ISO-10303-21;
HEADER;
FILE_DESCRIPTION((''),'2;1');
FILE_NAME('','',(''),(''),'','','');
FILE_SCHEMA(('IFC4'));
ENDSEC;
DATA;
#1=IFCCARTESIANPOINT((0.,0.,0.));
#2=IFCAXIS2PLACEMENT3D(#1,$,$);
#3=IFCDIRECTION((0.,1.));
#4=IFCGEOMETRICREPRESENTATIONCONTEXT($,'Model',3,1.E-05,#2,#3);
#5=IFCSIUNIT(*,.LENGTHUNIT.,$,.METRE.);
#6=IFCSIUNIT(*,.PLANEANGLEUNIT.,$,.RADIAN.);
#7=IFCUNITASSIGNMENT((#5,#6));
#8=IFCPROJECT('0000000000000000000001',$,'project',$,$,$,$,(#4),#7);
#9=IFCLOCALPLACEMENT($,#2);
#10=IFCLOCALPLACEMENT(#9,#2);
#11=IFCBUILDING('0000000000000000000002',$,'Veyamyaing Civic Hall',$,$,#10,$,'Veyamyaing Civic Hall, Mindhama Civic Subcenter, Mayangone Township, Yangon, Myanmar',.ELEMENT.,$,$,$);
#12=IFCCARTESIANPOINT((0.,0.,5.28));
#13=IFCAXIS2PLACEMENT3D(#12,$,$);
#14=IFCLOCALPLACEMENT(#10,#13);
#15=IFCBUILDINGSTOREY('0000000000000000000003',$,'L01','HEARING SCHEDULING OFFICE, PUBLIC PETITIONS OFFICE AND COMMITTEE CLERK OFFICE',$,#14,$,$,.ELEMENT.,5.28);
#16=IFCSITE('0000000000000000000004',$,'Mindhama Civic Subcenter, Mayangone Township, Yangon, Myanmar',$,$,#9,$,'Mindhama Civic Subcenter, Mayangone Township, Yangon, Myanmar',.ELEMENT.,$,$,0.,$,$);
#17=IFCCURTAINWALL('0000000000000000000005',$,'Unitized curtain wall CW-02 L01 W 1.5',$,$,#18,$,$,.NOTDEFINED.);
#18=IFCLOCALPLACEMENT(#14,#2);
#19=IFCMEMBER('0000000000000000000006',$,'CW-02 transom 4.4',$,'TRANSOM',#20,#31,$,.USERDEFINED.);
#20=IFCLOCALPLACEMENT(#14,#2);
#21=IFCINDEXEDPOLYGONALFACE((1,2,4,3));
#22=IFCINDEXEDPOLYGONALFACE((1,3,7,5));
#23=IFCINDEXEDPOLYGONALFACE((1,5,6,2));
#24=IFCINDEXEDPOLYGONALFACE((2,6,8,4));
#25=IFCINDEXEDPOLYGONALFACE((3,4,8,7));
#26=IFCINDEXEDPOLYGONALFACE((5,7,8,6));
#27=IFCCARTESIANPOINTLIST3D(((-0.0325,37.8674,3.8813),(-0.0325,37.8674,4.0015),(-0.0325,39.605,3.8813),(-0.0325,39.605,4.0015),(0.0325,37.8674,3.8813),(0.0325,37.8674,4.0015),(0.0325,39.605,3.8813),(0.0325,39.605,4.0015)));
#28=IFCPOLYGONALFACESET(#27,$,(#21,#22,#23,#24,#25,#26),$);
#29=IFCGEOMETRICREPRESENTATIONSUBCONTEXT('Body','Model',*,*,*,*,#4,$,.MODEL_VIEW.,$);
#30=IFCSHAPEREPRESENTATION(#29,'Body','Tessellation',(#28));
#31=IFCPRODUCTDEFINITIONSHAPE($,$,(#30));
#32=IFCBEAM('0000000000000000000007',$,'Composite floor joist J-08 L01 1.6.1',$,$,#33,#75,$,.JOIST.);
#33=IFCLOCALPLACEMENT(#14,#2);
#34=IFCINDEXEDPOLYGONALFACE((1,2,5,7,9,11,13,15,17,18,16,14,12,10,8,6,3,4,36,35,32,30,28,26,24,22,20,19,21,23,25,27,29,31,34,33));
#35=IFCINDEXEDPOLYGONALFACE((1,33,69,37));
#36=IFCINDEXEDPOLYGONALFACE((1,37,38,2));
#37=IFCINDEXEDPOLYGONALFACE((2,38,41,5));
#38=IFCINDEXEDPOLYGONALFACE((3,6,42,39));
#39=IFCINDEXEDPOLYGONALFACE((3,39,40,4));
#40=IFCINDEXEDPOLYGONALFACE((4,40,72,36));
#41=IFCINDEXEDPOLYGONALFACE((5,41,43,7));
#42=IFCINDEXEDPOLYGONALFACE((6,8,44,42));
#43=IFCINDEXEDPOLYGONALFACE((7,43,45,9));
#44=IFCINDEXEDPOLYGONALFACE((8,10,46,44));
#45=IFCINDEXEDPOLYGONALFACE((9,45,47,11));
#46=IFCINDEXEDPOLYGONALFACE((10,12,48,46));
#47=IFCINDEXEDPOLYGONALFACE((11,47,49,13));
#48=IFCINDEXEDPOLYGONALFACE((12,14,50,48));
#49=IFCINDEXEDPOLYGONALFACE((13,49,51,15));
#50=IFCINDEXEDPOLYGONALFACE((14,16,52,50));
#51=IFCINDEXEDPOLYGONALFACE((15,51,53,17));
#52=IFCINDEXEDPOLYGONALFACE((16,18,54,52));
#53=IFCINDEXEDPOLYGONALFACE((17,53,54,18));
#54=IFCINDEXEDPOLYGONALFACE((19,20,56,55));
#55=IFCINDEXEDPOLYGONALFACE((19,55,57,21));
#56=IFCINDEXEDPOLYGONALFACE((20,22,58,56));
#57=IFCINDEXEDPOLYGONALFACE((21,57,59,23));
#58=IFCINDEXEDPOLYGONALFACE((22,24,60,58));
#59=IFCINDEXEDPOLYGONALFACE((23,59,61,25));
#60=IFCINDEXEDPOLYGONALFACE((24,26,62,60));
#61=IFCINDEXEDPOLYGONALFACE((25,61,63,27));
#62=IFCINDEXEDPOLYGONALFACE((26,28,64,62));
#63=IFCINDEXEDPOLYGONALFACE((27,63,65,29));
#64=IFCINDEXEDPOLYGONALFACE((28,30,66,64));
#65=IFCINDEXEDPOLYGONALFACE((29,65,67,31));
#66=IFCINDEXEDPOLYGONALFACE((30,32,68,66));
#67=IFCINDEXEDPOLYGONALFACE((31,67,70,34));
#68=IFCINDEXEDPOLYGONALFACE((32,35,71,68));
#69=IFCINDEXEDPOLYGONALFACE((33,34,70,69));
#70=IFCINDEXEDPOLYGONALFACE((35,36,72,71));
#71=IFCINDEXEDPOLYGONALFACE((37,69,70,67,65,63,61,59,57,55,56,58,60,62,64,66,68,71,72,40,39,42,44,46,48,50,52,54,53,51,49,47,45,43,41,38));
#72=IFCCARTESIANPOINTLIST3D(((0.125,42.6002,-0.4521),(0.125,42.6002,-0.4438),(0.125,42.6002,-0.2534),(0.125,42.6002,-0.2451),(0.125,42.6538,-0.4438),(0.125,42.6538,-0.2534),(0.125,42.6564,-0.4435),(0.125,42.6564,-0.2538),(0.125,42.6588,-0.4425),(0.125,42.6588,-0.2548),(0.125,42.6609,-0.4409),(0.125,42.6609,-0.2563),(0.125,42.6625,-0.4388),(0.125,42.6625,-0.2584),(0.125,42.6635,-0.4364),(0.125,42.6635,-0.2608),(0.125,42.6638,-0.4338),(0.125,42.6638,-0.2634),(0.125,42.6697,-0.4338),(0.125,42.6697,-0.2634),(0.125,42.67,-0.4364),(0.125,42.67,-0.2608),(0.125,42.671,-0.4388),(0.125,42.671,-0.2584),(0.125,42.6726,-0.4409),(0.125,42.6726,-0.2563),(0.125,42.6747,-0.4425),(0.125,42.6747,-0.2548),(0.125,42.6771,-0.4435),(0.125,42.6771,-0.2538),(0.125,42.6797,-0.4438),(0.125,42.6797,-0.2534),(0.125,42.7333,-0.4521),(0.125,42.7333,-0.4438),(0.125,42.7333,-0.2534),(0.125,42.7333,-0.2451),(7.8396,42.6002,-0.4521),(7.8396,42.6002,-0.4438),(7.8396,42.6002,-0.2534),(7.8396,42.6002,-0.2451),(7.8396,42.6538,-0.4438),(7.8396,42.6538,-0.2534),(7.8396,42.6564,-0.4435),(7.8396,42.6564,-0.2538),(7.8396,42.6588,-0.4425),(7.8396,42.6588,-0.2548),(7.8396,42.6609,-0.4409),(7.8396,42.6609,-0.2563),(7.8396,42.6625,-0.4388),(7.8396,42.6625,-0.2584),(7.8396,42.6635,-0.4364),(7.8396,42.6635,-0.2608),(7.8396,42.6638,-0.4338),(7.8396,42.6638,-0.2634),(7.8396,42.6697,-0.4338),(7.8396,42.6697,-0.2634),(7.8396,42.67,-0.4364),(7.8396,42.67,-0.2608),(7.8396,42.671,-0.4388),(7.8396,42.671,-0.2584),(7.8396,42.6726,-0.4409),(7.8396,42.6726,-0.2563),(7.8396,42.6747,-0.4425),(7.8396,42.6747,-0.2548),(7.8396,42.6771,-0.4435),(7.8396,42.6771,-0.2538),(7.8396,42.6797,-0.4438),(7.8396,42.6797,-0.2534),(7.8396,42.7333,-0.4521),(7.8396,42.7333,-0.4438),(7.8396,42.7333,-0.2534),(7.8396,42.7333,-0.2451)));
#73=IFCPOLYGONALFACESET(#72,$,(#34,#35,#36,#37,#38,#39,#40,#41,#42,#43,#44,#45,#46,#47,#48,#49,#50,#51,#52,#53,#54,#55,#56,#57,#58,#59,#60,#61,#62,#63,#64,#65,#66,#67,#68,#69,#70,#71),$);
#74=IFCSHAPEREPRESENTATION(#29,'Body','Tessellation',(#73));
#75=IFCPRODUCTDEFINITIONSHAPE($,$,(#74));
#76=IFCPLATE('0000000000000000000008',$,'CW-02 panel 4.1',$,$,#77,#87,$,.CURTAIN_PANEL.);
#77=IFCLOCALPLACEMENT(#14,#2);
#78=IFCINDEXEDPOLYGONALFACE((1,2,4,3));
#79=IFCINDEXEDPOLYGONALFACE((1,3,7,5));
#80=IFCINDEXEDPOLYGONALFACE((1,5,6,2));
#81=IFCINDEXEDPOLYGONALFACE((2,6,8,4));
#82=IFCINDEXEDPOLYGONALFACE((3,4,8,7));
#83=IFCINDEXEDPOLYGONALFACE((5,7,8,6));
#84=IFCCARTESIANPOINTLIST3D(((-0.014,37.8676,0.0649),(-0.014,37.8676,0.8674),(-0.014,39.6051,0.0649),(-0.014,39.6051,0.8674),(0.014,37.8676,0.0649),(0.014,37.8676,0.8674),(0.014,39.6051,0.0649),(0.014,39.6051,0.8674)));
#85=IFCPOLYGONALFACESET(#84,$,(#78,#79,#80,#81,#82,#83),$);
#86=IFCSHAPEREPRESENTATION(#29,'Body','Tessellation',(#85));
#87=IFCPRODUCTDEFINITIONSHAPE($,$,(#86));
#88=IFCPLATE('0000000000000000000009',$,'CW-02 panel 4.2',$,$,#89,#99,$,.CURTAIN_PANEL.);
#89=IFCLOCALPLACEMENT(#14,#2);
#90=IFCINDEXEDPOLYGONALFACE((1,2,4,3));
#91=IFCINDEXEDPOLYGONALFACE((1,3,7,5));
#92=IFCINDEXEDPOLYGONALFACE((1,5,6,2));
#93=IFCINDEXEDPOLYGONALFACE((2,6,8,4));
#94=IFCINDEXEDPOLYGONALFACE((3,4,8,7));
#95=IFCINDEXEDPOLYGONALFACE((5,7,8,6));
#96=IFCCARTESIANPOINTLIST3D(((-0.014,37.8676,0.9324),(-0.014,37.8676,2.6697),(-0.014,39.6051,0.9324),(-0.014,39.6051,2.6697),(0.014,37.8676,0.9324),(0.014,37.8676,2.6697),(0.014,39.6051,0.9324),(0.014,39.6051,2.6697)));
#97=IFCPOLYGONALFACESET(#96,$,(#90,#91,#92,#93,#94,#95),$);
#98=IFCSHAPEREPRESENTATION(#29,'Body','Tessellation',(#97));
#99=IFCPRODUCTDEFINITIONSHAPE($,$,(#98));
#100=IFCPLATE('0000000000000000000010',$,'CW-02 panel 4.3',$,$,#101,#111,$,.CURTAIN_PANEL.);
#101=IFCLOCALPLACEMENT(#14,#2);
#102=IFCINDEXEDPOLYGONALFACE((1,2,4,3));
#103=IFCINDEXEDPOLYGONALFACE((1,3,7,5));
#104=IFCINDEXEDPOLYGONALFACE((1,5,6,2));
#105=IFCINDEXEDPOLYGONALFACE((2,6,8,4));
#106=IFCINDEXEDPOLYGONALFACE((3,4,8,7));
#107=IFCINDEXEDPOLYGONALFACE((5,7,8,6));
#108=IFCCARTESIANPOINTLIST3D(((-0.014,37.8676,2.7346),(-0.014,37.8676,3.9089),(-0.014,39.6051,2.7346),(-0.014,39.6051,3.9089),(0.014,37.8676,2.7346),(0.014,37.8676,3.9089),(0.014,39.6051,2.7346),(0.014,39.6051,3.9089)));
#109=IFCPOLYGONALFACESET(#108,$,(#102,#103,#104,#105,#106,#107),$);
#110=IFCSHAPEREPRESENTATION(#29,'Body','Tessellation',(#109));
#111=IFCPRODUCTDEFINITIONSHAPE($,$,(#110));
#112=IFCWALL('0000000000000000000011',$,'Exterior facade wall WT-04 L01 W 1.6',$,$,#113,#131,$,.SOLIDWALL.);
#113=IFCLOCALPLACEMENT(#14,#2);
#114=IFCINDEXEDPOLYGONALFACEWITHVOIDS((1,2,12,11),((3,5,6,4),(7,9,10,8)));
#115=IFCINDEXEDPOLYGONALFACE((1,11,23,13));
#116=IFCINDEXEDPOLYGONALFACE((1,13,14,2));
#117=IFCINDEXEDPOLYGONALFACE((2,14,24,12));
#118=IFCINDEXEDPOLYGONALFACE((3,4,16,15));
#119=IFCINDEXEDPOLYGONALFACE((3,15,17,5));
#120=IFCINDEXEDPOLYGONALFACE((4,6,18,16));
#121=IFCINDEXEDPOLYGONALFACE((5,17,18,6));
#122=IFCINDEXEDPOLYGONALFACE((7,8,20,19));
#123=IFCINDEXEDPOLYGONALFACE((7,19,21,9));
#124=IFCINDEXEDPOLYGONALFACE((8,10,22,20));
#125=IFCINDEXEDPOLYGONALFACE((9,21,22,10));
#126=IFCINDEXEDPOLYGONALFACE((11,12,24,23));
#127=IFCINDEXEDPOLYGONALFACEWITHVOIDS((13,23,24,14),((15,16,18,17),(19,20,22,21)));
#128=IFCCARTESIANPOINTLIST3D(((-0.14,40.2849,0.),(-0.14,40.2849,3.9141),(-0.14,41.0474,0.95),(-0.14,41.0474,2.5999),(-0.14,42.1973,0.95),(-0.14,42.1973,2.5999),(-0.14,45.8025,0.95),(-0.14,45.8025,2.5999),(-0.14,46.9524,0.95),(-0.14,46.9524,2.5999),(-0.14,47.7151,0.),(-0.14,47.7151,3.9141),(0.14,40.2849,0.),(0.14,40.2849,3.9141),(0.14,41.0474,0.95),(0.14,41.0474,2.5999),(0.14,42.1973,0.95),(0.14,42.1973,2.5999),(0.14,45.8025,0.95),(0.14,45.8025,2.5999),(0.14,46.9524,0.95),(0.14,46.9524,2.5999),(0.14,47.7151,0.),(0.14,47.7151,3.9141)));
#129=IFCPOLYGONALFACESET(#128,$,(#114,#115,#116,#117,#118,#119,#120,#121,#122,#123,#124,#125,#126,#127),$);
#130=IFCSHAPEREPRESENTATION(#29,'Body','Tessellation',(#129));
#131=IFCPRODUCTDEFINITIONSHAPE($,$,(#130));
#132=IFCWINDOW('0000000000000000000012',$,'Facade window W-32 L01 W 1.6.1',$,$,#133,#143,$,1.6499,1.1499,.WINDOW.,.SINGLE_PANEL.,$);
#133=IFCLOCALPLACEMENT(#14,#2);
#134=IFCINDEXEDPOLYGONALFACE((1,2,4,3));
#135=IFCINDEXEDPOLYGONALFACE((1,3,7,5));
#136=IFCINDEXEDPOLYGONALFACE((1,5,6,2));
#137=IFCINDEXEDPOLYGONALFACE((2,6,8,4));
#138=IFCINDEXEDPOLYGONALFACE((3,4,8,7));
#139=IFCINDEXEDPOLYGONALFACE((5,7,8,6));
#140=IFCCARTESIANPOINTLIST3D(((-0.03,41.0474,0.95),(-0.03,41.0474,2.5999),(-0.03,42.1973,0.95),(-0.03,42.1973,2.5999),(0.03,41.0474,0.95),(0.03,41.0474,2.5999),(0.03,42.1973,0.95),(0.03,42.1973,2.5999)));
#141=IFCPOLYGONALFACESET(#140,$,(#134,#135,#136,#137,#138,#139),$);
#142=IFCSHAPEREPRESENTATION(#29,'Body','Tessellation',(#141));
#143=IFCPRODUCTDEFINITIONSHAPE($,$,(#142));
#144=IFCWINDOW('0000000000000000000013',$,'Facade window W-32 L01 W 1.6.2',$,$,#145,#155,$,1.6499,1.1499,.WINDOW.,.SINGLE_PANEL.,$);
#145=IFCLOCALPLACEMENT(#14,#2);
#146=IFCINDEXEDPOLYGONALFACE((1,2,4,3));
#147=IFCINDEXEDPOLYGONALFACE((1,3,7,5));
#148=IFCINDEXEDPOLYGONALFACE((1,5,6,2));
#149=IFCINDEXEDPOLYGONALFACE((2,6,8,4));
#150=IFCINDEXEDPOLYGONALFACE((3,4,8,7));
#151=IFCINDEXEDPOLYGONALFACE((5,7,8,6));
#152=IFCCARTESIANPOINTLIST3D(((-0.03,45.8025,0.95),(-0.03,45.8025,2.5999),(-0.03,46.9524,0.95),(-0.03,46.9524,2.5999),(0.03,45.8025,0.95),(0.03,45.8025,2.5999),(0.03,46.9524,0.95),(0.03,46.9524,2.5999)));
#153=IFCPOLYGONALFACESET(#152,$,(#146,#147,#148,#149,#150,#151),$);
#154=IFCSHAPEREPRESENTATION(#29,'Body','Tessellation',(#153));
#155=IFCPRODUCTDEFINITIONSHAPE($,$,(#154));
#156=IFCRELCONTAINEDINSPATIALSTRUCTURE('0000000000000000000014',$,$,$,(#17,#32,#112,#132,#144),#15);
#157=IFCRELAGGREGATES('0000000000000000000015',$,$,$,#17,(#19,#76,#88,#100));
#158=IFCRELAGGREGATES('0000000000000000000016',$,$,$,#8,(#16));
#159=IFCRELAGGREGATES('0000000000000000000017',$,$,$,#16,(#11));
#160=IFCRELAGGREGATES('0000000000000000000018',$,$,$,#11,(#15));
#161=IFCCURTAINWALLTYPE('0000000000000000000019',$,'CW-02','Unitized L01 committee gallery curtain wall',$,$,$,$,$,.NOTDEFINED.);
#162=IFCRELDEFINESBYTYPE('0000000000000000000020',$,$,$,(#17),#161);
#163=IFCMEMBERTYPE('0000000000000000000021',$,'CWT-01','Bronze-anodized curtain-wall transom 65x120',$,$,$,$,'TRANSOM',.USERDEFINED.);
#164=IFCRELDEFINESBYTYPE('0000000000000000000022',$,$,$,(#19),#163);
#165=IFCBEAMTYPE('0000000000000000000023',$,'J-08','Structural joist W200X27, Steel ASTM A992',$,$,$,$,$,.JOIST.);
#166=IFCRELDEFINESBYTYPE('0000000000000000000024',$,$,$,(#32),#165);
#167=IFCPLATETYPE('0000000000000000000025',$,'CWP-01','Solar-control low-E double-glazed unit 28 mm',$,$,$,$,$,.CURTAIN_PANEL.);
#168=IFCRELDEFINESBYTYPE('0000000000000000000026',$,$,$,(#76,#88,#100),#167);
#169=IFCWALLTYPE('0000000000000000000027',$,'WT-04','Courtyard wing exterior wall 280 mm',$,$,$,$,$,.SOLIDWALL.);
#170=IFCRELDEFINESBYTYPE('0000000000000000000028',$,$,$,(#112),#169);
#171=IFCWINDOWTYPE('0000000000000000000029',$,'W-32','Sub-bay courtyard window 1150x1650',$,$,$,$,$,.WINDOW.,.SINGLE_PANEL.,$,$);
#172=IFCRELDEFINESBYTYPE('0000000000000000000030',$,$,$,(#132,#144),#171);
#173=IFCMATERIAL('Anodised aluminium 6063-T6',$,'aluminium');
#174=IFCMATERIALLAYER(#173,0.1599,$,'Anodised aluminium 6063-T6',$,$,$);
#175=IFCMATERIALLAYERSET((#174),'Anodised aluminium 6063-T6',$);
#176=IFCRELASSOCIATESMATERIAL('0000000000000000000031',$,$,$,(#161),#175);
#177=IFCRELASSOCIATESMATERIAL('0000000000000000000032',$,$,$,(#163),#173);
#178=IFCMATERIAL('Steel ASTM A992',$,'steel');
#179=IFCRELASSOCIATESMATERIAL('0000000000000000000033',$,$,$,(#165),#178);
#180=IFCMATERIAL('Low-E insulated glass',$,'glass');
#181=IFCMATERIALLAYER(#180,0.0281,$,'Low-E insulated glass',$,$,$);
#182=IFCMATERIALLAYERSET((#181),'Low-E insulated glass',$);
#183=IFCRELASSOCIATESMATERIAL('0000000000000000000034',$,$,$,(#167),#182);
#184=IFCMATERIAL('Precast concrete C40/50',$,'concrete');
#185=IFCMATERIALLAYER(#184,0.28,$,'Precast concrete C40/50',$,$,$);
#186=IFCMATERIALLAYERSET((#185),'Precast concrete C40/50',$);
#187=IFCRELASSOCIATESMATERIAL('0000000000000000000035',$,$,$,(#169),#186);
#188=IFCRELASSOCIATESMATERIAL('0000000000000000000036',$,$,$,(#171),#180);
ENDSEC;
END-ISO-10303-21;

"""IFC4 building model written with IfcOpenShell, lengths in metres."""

from ifc_helpers import new_model, si_unit, direction, frame, frame_2d, origin, origin_2d, place, context, subcontext, project, spatial, rectangle, i_section, extrude, material, layer, layer_set, material_profile, profile_set, type_object, element, fill, aggregate, save


model = new_model("IFC4")

# Units and contexts
model_context = context("Model", 3, precision=1e-05, world=origin(), true_north=direction((0.0, 1.0)))
body_context = subcontext(model_context, "Body", "Model", "MODEL_VIEW")
ifc_project = project(units=[si_unit("LENGTHUNIT", "METRE"), si_unit("PLANEANGLEUNIT", "RADIAN")], contexts=[model_context])

# Site, building, storey
site_placement = place(None, origin())
site = spatial("IfcSite", under=ifc_project, at=site_placement, Name="Mindhama Civic Subcenter, Mayangone Township, Yangon, Myanmar", LongName="Mindhama Civic Subcenter, Mayangone Township, Yangon, Myanmar", CompositionType="ELEMENT", RefElevation=0.0)
building_placement = place(site_placement, origin())
building = spatial("IfcBuilding", under=site, at=building_placement, Name="Veyamyaing Civic Hall", LongName="Veyamyaing Civic Hall, Mindhama Civic Subcenter, Mayangone Township, Yangon, Myanmar", CompositionType="ELEMENT")
storey_placement = place(building_placement, frame((0.0, 0.0, 5.28)))
storey = spatial("IfcBuildingStorey", under=building, at=storey_placement, Name="L01", Description="HEARING SCHEDULING OFFICE, PUBLIC PETITIONS OFFICE AND COMMITTEE CLERK OFFICE", CompositionType="ELEMENT", Elevation=5.28)

# Shared definitions
ifc_material_1 = material(Name="Steel ASTM A992", Category="steel")

# Curtain wall, member
ifc_material_2 = material(Name="Anodised aluminium 6063-T6", Category="aluminium")
ifc_layer_1 = layer(ifc_material_2, 0.1599, Name="Anodised aluminium 6063-T6")
ifc_layer_set_1 = layer_set([ifc_layer_1], Name="Anodised aluminium 6063-T6")
curtain_wall_type = type_object("IfcCurtainWallType", Name="CW-02", Description="Unitized L01 committee gallery curtain wall", PredefinedType="NOTDEFINED", material=ifc_layer_set_1)
curtain_wall_placement = place(storey_placement, origin())
curtain_wall = element("IfcCurtainWall", 1, at=curtain_wall_placement, inside=storey, type_object=curtain_wall_type, Name="Unitized curtain wall CW-02 L01 W 1.5", PredefinedType="NOTDEFINED")
ifc_material_profile_1 = material_profile(ifc_material_2, rectangle(XDim=0.0649, YDim=0.1201, at=origin_2d()), Name="ALU-TRN-65X120")
ifc_profile_set_1 = profile_set([ifc_material_profile_1], Name="Anodised aluminium 6063-T6")
member_type_1 = type_object("IfcMemberType", Name="CWT-01", Description="Bronze-anodized curtain-wall transom 65x120", ElementType="TRANSOM", PredefinedType="USERDEFINED", material=ifc_profile_set_1)
member_1_placement = place(storey_placement, frame((0.0, 37.8674, 3.9414), z_axis=(0.0, 1.0, 0.0), x_axis=(-1.0, 0.0, 0.0)))
member_1 = element("IfcMember", 2, at=member_1_placement, type_object=member_type_1, Name="CW-02 transom 4.4", ObjectType="TRANSOM", PredefinedType="USERDEFINED", context=body_context, shape_type="SweptSolid", body=[
    extrude(rectangle(XDim=0.0649, YDim=0.1201, at=origin_2d()), origin(), (0.0, 0.0, 1.0), 1.7375),
])

# Beam
ifc_material_profile_2 = material_profile(ifc_material_1, i_section(OverallWidth=0.1331, OverallDepth=0.207, WebThickness=0.0059, FlangeThickness=0.0083, FilletRadius=0.01, at=origin_2d()), Name="W200X27")
ifc_profile_set_2 = profile_set([ifc_material_profile_2], Name="Steel ASTM A992")
beam_type_1 = type_object("IfcBeamType", Name="J-08", Description="Structural joist W200X27, Steel ASTM A992", PredefinedType="JOIST", material=ifc_profile_set_2)
beam_1_placement = place(storey_placement, frame((0.125, 42.6667, -0.3486), z_axis=(1.0, 0.0, 0.0), x_axis=(0.0, 1.0, 0.0)))
element("IfcBeam", 3, at=beam_1_placement, inside=storey, type_object=beam_type_1, Name="Composite floor joist J-08 L01 1.6.1", PredefinedType="JOIST", context=body_context, shape_type="SweptSolid", body=[
    extrude(i_section(OverallWidth=0.1331, OverallDepth=0.207, WebThickness=0.0059, FlangeThickness=0.0083, FilletRadius=0.01, at=origin_2d()), origin(), (0.0, 0.0, 1.0), 7.7146),
])

# Plates
ifc_material_3 = material(Name="Low-E insulated glass", Category="glass")
ifc_layer_2 = layer(ifc_material_3, 0.0281, Name="Low-E insulated glass")
ifc_layer_set_2 = layer_set([ifc_layer_2], Name="Low-E insulated glass")
plate_type = type_object("IfcPlateType", Name="CWP-01", Description="Solar-control low-E double-glazed unit 28 mm", PredefinedType="CURTAIN_PANEL", material=ifc_layer_set_2)
plate_1_placement = place(storey_placement, frame((0.0, 38.7363, 0.0649), z_axis=(0.0, 0.0, 1.0), x_axis=(0.0, 1.0, 0.0)))
plate_1 = element("IfcPlate", 4, at=plate_1_placement, type_object=plate_type, Name="CW-02 panel 4.1", PredefinedType="CURTAIN_PANEL", context=body_context, shape_type="SweptSolid", body=[
    extrude(rectangle(XDim=1.7375, YDim=0.0281, at=origin_2d()), origin(), (0.0, 0.0, 1.0), 0.8025),
])
plate_2_placement = place(storey_placement, frame((0.0, 38.7363, 0.9324), z_axis=(0.0, 0.0, 1.0), x_axis=(0.0, 1.0, 0.0)))
plate_2 = element("IfcPlate", 5, at=plate_2_placement, type_object=plate_type, Name="CW-02 panel 4.2", PredefinedType="CURTAIN_PANEL", context=body_context, shape_type="SweptSolid", body=[
    extrude(rectangle(XDim=1.7375, YDim=0.0281, at=origin_2d()), origin(), (0.0, 0.0, 1.0), 1.7373),
])
plate_3_placement = place(storey_placement, frame((0.0, 38.7363, 2.7346), z_axis=(0.0, 0.0, 1.0), x_axis=(0.0, 1.0, 0.0)))
plate_3 = element("IfcPlate", 6, at=plate_3_placement, type_object=plate_type, Name="CW-02 panel 4.3", PredefinedType="CURTAIN_PANEL", context=body_context, shape_type="SweptSolid", body=[
    extrude(rectangle(XDim=1.7375, YDim=0.0281, at=origin_2d()), origin(), (0.0, 0.0, 1.0), 1.1743),
])
aggregate(curtain_wall, [member_1, plate_1, plate_2, plate_3])

# Wall, openings, windows
ifc_material_4 = material(Name="Precast concrete C40/50", Category="concrete")
ifc_layer_3 = layer(ifc_material_4, 0.28, Name="Precast concrete C40/50")
ifc_layer_set_3 = layer_set([ifc_layer_3], Name="Precast concrete C40/50")
wall_type_1 = type_object("IfcWallType", Name="WT-04", Description="Courtyard wing exterior wall 280 mm", PredefinedType="SOLIDWALL", material=ifc_layer_set_3)
wall_1_placement = place(storey_placement, frame((0.0, 40.2849, 0.0), z_axis=(0.0, 0.0, 1.0), x_axis=(0.0, 1.0, 0.0)))
wall_1 = element("IfcWall", 7, at=wall_1_placement, inside=storey, type_object=wall_type_1, Name="Exterior facade wall WT-04 L01 W 1.6", PredefinedType="SOLIDWALL", context=body_context, shape_type="SweptSolid", body=[
    extrude(rectangle(XDim=7.4302, YDim=0.28, at=frame_2d((3.7151, 0.0))), origin(), (0.0, 0.0, 1.0), 3.9141),
])
opening_1_placement = place(wall_1_placement, frame((0.7625, 0.0, 0.95)))
opening_1 = element("IfcOpeningElement", 8, at=opening_1_placement, cuts=wall_1, PredefinedType="OPENING", context=body_context, shape_type="SweptSolid", body=[
    extrude(rectangle(XDim=1.1499, YDim=1.6499, at=frame_2d((0.575, 0.825))), frame((0.0, 0.1499, 0.0), z_axis=(0.0, -1.0, 0.0), x_axis=(1.0, 0.0, 0.0)), (0.0, 0.0, 1.0), 0.3),
])
opening_2_placement = place(wall_1_placement, frame((5.5176, 0.0, 0.95)))
opening_2 = element("IfcOpeningElement", 9, at=opening_2_placement, cuts=wall_1, PredefinedType="OPENING", context=body_context, shape_type="SweptSolid", body=[
    extrude(rectangle(XDim=1.1499, YDim=1.6499, at=frame_2d((0.575, 0.825))), frame((0.0, 0.1499, 0.0), z_axis=(0.0, -1.0, 0.0), x_axis=(1.0, 0.0, 0.0)), (0.0, 0.0, 1.0), 0.3),
])
window_type = type_object("IfcWindowType", Name="W-32", Description="Sub-bay courtyard window 1150x1650", PartitioningType="SINGLE_PANEL", PredefinedType="WINDOW", material=ifc_material_3)
window_1_placement = place(opening_1_placement, origin())
window_1 = element("IfcWindow", 10, at=window_1_placement, inside=storey, type_object=window_type, Name="Facade window W-32 L01 W 1.6.1", OverallHeight=1.6499, OverallWidth=1.1499, PartitioningType="SINGLE_PANEL", PredefinedType="WINDOW", context=body_context, shape_type="SweptSolid", body=[
    extrude(rectangle(XDim=1.1499, YDim=1.6499, at=frame_2d((0.575, 0.825))), frame((0.0, 0.03, 0.0), z_axis=(0.0, -1.0, 0.0), x_axis=(1.0, 0.0, 0.0)), (0.0, 0.0, 1.0), 0.0601),
])
fill(opening_1, window_1)
window_2_placement = place(opening_2_placement, origin())
window_2 = element("IfcWindow", 11, at=window_2_placement, inside=storey, type_object=window_type, Name="Facade window W-32 L01 W 1.6.2", OverallHeight=1.6499, OverallWidth=1.1499, PartitioningType="SINGLE_PANEL", PredefinedType="WINDOW", context=body_context, shape_type="SweptSolid", body=[
    extrude(rectangle(XDim=1.1499, YDim=1.6499, at=frame_2d((0.575, 0.825))), frame((0.0, 0.03, 0.0), z_axis=(0.0, -1.0, 0.0), x_axis=(1.0, 0.0, 0.0)), (0.0, 0.0, 1.0), 0.0601),
])
fill(opening_2, window_2)

save(model, "model.ifc")
